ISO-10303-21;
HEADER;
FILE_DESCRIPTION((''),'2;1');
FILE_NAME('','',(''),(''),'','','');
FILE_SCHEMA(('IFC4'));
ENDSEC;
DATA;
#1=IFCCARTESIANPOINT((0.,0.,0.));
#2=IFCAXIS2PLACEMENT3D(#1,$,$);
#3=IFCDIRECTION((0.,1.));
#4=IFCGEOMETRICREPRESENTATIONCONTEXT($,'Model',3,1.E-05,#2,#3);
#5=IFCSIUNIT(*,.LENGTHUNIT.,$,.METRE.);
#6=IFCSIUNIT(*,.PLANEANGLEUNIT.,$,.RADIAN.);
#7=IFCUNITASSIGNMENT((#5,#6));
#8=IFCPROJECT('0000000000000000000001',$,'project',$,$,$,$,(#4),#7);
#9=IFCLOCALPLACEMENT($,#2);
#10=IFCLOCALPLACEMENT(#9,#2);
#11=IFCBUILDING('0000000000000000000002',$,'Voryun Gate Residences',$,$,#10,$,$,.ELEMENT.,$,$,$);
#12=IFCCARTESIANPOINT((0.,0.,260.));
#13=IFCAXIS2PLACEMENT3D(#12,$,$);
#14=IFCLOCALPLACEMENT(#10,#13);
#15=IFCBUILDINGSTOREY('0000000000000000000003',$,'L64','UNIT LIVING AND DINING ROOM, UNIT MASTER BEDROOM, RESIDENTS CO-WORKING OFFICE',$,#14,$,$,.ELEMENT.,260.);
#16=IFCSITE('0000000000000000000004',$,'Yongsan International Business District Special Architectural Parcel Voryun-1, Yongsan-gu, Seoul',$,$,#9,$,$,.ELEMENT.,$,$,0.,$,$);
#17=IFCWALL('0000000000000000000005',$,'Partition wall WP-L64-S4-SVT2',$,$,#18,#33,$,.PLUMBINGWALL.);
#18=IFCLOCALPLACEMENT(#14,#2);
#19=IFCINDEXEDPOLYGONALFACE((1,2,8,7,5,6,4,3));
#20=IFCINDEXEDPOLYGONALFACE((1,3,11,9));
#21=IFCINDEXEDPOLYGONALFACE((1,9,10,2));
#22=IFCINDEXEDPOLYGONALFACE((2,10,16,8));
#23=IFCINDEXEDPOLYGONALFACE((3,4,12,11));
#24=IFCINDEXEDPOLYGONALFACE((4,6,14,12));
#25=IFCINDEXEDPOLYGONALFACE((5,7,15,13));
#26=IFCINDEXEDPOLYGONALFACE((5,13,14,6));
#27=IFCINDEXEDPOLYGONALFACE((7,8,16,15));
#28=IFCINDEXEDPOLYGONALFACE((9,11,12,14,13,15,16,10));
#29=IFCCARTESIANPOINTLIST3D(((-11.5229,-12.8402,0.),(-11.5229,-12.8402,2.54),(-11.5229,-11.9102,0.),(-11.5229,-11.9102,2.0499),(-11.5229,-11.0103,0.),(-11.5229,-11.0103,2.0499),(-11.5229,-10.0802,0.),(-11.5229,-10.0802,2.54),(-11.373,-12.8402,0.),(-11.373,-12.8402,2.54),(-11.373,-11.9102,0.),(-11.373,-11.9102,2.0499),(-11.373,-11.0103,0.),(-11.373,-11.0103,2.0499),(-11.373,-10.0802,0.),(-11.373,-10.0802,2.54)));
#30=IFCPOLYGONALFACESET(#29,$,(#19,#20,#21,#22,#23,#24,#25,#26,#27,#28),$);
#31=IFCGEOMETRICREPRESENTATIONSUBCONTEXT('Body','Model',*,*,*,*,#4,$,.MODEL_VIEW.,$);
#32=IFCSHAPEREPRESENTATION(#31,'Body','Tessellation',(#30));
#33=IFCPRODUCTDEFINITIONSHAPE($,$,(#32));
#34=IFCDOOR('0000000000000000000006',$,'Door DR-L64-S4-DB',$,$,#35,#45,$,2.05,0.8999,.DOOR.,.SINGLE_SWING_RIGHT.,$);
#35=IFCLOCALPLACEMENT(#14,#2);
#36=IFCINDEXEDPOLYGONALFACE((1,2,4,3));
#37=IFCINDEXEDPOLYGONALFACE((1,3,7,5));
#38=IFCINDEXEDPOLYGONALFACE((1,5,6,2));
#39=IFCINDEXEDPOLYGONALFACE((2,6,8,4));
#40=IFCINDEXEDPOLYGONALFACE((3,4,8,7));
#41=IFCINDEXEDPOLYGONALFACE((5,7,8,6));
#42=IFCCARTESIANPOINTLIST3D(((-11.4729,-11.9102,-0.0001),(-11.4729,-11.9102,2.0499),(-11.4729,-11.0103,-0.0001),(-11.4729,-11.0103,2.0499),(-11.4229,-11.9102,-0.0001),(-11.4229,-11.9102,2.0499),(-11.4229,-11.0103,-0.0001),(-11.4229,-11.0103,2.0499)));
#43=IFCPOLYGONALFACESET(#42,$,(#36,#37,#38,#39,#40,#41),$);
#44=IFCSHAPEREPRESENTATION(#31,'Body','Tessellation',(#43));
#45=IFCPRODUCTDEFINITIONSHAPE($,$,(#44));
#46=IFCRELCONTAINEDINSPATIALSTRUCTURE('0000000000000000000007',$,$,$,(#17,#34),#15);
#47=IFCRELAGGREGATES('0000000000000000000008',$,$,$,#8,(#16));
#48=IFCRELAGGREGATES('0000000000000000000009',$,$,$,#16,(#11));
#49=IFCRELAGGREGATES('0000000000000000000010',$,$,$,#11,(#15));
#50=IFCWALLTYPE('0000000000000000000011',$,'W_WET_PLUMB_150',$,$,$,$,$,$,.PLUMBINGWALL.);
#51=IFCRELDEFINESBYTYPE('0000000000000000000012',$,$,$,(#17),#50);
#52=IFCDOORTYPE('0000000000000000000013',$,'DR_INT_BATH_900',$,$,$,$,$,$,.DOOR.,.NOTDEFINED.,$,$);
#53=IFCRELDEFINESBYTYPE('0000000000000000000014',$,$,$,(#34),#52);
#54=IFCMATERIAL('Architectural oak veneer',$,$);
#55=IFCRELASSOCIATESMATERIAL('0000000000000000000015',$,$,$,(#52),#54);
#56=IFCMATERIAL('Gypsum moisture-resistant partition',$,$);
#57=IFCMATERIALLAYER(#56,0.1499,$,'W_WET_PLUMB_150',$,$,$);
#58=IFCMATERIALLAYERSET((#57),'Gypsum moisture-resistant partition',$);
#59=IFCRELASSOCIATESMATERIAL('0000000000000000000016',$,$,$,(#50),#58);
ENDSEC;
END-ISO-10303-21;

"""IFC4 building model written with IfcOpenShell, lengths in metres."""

from ifc_helpers import new_model, si_unit, direction, frame, frame_2d, origin, place, context, subcontext, project, spatial, rectangle, extrude, material, layer, layer_set, type_object, element, fill, save


model = new_model("IFC4")

# Units and contexts
model_context = context("Model", 3, precision=1e-05, world=origin(), true_north=direction((0.0, 1.0)))
body_context = subcontext(model_context, "Body", "Model", "MODEL_VIEW")
ifc_project = project(units=[si_unit("LENGTHUNIT", "METRE"), si_unit("PLANEANGLEUNIT", "RADIAN")], contexts=[model_context])

# Site, building, storey
site_placement = place(None, origin())
site = spatial("IfcSite", under=ifc_project, at=site_placement, Name="Yongsan International Business District Special Architectural Parcel Voryun-1, Yongsan-gu, Seoul", CompositionType="ELEMENT", RefElevation=0.0)
building_placement = place(site_placement, origin())
building = spatial("IfcBuilding", under=site, at=building_placement, Name="Voryun Gate Residences", CompositionType="ELEMENT")
storey_placement = place(building_placement, frame((0.0, 0.0, 260.0)))
storey = spatial("IfcBuildingStorey", under=building, at=storey_placement, Name="L64", Description="UNIT LIVING AND DINING ROOM, UNIT MASTER BEDROOM, RESIDENTS CO-WORKING OFFICE", CompositionType="ELEMENT", Elevation=260.0)

# Shared definitions
ifc_material_1 = material(Name="Architectural oak veneer")
door_type_1 = type_object("IfcDoorType", Name="DR_INT_BATH_900", OperationType="NOTDEFINED", PredefinedType="DOOR", material=ifc_material_1)

# Wall, opening, door
ifc_material_2 = material(Name="Gypsum moisture-resistant partition")
ifc_layer_1 = layer(ifc_material_2, 0.1499, Name="W_WET_PLUMB_150")
ifc_layer_set_1 = layer_set([ifc_layer_1], Name="Gypsum moisture-resistant partition")
wall_type_1 = type_object("IfcWallType", Name="W_WET_PLUMB_150", PredefinedType="PLUMBINGWALL", material=ifc_layer_set_1)
wall_1_placement = place(storey_placement, frame((-11.448, -12.8401, 0.0), z_axis=(0.0, 0.0, 1.0), x_axis=(0.0, 1.0, 0.0)))
wall_1 = element("IfcWall", 1, at=wall_1_placement, inside=storey, type_object=wall_type_1, Name="Partition wall WP-L64-S4-SVT2", PredefinedType="PLUMBINGWALL", context=body_context, shape_type="SweptSolid", body=[
    extrude(rectangle(XDim=2.76, YDim=0.1499, at=frame_2d((1.3799, 0.0))), origin(), (0.0, 0.0, 1.0), 2.54),
])
opening_1_placement = place(wall_1_placement, frame((0.9299, 0.0, 0.0)))
opening_1 = element("IfcOpeningElement", 2, at=opening_1_placement, cuts=wall_1, PredefinedType="OPENING", context=body_context, shape_type="SweptSolid", body=[
    extrude(rectangle(XDim=0.8999, YDim=2.05, at=frame_2d((0.45, 1.0249))), frame((0.0, 0.085, 0.0), z_axis=(0.0, -1.0, 0.0), x_axis=(1.0, 0.0, 0.0)), (0.0, 0.0, 1.0), 0.1699),
])
door_1_placement = place(opening_1_placement, origin())
door_1 = element("IfcDoor", 3, at=door_1_placement, inside=storey, type_object=door_type_1, Name="Door DR-L64-S4-DB", OperationType="SINGLE_SWING_RIGHT", OverallHeight=2.05, OverallWidth=0.8999, PredefinedType="DOOR", context=body_context, shape_type="SweptSolid", body=[
    extrude(rectangle(XDim=0.8999, YDim=2.05, at=frame_2d((0.45, 1.0249))), frame((0.0, 0.0249, 0.0), z_axis=(0.0, -1.0, 0.0), x_axis=(1.0, 0.0, 0.0)), (0.0, 0.0, 1.0), 0.05),
])
fill(opening_1, door_1)

save(model, "model.ifc")
